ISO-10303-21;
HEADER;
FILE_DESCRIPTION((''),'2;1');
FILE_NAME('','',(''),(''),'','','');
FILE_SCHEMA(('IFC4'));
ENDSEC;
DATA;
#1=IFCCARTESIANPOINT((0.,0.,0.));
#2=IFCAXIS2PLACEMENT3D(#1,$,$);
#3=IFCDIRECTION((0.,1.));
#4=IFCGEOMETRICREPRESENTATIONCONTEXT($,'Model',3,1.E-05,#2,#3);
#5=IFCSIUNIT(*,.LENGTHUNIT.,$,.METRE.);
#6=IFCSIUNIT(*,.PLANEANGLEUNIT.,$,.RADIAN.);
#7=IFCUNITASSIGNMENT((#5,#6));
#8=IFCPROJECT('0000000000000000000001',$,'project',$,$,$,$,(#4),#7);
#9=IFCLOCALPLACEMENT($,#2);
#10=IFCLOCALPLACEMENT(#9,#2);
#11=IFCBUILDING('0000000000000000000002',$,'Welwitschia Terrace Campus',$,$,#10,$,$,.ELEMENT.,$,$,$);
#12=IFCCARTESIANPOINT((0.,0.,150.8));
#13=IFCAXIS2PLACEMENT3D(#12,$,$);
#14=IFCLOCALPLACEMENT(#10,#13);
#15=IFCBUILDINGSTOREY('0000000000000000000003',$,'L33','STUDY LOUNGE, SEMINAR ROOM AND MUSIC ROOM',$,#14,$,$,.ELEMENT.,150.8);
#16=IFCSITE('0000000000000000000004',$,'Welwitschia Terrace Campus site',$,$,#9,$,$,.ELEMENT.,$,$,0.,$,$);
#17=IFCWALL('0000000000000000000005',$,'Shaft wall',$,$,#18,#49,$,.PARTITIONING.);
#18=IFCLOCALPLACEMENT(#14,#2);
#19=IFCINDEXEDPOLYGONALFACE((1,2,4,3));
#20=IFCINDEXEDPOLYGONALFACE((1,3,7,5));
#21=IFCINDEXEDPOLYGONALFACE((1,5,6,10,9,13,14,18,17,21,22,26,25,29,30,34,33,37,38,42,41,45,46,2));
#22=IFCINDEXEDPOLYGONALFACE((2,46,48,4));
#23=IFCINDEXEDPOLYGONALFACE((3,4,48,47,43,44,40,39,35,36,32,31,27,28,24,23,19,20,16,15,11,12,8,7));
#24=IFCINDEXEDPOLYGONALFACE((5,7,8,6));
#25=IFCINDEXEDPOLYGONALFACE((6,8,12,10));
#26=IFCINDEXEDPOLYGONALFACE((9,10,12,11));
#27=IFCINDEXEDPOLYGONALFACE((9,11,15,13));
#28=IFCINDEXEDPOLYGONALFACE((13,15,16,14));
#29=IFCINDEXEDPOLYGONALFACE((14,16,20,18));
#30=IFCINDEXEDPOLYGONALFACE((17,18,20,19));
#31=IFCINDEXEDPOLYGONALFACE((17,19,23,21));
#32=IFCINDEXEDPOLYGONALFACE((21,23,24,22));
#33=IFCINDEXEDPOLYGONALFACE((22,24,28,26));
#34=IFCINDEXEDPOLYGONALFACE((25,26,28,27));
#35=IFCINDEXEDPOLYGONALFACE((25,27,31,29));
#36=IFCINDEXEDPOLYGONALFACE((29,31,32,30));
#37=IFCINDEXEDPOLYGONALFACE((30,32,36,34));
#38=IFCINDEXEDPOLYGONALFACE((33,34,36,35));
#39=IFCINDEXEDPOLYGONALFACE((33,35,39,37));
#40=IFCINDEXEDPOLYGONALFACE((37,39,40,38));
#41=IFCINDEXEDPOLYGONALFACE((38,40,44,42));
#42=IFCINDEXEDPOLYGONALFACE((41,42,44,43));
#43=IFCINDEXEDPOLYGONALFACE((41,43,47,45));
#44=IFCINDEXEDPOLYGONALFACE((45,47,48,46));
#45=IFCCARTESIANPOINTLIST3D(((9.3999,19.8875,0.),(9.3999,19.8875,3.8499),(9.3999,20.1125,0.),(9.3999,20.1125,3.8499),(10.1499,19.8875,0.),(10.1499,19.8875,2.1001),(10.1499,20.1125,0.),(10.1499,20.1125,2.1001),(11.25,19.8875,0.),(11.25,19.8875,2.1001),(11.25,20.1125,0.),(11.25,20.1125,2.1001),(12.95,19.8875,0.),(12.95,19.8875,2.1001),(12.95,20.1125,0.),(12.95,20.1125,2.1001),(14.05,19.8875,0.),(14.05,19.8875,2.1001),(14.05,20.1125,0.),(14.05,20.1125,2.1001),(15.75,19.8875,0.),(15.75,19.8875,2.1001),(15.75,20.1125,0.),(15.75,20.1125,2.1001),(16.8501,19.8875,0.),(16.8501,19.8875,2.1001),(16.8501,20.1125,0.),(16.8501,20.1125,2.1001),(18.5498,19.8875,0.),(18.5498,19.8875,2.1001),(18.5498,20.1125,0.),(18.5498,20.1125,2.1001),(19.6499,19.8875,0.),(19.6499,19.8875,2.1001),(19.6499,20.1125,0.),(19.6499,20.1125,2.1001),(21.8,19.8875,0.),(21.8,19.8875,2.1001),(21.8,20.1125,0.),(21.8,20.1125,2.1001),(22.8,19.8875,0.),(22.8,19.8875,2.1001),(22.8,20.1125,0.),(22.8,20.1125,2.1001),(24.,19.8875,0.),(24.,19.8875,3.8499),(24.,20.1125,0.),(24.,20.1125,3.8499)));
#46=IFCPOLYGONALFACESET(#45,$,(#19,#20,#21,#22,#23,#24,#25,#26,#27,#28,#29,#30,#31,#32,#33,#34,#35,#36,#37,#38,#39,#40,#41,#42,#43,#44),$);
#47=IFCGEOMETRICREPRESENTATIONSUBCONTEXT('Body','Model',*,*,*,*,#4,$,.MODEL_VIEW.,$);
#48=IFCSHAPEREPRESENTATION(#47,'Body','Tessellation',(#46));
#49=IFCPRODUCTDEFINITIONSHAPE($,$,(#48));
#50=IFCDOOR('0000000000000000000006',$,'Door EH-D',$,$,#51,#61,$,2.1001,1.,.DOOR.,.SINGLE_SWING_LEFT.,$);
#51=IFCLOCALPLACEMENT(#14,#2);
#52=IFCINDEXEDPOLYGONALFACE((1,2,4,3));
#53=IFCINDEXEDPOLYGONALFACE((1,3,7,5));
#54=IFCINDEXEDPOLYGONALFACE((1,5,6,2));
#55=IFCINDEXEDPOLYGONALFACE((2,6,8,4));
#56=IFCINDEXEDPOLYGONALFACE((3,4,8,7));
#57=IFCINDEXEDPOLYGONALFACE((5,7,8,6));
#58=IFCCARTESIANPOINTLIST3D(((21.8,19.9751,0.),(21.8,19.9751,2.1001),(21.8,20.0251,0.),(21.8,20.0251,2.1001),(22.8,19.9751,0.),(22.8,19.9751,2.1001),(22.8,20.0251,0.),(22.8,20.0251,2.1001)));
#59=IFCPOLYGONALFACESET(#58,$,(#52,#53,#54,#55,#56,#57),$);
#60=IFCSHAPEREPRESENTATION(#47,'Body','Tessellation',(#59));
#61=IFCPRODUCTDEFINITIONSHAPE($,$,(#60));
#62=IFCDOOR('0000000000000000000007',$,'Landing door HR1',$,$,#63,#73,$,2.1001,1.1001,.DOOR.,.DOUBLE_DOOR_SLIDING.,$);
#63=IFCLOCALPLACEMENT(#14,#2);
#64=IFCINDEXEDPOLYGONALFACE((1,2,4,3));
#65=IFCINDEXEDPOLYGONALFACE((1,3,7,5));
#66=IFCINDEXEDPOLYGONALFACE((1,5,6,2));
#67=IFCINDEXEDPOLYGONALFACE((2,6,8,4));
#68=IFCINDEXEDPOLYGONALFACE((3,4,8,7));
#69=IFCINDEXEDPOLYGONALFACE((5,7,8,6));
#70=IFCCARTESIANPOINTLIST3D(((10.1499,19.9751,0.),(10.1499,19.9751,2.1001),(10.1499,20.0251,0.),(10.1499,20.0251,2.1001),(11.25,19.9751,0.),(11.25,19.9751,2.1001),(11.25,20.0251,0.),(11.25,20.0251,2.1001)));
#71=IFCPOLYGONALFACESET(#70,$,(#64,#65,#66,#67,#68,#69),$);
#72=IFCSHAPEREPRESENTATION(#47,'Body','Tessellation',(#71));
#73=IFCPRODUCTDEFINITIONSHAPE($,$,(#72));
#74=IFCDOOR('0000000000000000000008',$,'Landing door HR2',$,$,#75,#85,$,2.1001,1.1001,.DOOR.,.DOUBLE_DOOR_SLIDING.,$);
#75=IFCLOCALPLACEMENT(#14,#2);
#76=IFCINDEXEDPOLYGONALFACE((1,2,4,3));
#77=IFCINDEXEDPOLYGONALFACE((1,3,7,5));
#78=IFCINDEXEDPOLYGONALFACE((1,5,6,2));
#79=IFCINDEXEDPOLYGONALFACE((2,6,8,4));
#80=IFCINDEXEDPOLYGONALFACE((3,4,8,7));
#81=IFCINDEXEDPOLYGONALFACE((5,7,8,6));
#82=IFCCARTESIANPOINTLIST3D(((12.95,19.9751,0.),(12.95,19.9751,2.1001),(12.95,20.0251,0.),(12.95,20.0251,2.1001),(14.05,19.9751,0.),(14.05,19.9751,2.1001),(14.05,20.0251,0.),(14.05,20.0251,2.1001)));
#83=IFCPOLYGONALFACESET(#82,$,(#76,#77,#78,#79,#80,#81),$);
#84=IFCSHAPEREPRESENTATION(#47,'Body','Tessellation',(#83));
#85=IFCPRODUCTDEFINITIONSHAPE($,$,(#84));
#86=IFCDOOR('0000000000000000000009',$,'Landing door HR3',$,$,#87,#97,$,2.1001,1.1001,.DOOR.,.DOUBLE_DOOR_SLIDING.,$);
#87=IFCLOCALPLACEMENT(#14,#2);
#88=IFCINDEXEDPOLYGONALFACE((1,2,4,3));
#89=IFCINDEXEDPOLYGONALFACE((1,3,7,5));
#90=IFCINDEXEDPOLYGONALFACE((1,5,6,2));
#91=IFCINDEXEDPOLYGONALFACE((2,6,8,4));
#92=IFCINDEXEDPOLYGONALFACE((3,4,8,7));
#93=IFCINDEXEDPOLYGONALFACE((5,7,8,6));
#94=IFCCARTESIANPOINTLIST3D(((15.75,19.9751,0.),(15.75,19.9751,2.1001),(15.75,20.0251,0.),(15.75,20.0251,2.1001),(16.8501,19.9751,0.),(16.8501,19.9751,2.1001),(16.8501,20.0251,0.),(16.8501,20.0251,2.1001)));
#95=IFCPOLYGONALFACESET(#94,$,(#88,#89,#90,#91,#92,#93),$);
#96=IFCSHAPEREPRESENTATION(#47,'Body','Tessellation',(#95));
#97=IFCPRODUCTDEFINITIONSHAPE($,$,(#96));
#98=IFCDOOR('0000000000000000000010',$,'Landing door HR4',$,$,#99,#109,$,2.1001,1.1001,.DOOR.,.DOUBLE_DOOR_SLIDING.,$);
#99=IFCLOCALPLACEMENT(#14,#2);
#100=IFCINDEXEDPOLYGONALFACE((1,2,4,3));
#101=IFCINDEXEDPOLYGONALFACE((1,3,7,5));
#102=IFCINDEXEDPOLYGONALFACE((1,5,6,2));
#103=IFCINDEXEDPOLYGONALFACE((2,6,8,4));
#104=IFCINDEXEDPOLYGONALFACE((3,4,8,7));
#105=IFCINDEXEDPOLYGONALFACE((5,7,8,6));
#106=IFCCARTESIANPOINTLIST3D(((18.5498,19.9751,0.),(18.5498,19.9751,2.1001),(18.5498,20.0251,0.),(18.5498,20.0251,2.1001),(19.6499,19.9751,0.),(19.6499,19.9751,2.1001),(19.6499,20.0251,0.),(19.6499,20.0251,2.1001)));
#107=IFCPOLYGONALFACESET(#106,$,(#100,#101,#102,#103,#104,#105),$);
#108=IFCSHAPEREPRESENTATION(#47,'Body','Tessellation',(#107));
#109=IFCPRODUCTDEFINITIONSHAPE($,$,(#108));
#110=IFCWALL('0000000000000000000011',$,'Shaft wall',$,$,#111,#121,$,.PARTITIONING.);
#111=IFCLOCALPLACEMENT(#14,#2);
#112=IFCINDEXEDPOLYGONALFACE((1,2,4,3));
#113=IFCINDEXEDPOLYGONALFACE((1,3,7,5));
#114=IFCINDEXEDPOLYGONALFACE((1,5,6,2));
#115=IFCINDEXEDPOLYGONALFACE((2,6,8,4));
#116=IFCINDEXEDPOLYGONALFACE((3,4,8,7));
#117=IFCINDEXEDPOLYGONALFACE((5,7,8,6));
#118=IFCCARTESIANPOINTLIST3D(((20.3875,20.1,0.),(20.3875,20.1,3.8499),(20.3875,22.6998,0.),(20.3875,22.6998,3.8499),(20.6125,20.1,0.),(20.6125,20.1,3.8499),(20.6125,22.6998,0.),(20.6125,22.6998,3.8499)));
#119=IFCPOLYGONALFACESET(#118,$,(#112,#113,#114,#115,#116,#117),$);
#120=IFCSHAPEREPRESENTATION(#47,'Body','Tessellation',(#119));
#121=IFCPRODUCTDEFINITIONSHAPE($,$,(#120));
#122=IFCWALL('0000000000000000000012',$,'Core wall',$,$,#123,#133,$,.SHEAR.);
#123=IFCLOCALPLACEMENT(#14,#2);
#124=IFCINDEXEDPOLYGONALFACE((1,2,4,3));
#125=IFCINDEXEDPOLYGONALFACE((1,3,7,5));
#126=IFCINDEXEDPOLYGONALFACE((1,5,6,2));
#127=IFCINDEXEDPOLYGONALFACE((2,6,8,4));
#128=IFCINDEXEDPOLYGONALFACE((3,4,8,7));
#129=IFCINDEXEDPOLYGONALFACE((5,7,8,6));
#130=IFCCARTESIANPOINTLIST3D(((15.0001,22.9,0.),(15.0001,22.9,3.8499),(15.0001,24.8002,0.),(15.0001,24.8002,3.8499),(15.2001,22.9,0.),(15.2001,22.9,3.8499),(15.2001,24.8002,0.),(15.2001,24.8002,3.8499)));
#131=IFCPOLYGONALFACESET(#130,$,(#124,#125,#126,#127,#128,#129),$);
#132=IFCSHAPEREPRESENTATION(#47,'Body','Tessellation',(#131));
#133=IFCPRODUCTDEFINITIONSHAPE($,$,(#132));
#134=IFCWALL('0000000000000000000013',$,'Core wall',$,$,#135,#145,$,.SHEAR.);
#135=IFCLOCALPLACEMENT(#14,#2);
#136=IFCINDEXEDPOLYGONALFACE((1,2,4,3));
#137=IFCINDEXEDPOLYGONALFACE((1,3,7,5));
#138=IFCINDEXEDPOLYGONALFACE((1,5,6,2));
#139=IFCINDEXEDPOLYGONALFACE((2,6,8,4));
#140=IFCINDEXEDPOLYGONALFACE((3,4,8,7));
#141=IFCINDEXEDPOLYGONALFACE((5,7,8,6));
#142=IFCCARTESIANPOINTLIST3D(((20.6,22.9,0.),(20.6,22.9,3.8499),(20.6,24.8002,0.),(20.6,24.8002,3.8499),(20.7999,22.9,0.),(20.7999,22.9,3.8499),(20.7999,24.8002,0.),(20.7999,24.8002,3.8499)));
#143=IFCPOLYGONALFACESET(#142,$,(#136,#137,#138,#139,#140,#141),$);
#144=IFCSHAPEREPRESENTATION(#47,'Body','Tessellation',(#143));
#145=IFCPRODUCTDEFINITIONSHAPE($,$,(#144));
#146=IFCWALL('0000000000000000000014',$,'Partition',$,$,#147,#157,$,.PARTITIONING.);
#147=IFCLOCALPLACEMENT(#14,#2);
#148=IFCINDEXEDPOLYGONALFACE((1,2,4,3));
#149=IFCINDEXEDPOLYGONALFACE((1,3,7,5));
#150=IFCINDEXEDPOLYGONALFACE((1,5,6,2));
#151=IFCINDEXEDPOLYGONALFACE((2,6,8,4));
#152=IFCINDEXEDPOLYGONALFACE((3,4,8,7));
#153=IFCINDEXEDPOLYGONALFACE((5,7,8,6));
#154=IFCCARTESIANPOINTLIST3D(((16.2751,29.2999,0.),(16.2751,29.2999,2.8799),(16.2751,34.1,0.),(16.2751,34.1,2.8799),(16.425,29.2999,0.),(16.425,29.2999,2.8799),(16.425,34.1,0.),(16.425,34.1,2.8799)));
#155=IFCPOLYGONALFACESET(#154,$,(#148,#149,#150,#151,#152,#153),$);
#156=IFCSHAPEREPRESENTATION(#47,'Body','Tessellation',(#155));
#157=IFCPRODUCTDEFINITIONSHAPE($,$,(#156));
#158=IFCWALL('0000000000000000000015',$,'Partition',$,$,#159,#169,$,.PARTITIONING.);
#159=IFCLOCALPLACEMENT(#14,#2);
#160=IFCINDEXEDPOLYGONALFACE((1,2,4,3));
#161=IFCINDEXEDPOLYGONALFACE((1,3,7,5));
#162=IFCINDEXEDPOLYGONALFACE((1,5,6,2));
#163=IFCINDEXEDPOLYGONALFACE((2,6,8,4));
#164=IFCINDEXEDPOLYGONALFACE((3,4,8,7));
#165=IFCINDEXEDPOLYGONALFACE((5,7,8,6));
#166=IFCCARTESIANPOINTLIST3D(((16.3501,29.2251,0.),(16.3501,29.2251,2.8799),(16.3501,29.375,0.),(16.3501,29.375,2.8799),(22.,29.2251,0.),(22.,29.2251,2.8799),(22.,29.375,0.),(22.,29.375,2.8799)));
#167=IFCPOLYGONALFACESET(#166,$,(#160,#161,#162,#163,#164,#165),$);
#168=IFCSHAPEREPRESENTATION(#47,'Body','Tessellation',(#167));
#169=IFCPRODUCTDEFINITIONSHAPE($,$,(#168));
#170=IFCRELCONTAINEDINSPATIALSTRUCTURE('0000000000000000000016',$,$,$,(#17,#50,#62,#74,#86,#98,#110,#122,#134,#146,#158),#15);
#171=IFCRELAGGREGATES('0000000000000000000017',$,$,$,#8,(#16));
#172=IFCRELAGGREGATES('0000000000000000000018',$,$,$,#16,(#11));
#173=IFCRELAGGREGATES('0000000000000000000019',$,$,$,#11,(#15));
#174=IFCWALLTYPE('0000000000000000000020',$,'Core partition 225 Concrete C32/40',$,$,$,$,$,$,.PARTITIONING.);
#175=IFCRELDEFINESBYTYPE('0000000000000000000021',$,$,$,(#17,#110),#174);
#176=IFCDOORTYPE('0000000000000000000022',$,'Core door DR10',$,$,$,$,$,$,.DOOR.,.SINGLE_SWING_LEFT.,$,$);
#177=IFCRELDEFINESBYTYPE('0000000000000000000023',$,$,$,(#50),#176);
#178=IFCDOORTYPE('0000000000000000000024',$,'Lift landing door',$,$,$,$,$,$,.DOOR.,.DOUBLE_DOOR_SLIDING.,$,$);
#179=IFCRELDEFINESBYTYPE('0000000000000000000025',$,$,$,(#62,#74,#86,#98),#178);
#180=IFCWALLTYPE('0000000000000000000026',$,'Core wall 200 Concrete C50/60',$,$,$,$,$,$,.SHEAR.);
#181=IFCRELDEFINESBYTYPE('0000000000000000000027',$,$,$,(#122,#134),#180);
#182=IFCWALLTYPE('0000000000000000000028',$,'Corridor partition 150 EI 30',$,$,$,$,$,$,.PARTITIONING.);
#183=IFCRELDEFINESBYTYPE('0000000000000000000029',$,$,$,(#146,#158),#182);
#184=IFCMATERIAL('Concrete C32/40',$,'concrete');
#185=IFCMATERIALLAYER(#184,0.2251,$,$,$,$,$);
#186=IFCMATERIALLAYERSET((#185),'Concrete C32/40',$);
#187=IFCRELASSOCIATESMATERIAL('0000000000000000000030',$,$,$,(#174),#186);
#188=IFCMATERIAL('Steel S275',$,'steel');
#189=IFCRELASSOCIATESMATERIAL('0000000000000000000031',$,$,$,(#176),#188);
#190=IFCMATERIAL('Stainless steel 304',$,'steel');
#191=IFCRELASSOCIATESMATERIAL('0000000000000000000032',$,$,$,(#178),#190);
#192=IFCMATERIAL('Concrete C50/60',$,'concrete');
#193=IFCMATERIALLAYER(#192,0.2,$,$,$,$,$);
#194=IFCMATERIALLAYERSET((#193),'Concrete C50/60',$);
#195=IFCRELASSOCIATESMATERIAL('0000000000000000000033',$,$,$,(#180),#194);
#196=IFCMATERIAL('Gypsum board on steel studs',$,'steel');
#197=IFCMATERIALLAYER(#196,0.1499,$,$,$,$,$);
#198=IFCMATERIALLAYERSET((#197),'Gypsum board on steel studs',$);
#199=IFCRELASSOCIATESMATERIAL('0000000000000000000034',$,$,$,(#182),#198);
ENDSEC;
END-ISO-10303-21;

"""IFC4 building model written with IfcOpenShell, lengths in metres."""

from ifc_helpers import new_model, si_unit, direction, frame, frame_2d, origin, place, context, subcontext, project, spatial, rectangle, extrude, material, layer, layer_set, type_object, element, fill, save


model = new_model("IFC4")

# Units and contexts
model_context = context("Model", 3, precision=1e-05, world=origin(), true_north=direction((0.0, 1.0)))
body_context = subcontext(model_context, "Body", "Model", "MODEL_VIEW")
ifc_project = project(units=[si_unit("LENGTHUNIT", "METRE"), si_unit("PLANEANGLEUNIT", "RADIAN")], contexts=[model_context])

# Site, building, storey
site_placement = place(None, origin())
site = spatial("IfcSite", under=ifc_project, at=site_placement, Name="Welwitschia Terrace Campus site", CompositionType="ELEMENT", RefElevation=0.0)
building_placement = place(site_placement, origin())
building = spatial("IfcBuilding", under=site, at=building_placement, Name="Welwitschia Terrace Campus", CompositionType="ELEMENT")
storey_placement = place(building_placement, frame((0.0, 0.0, 150.8)))
storey = spatial("IfcBuildingStorey", under=building, at=storey_placement, Name="L33", Description="STUDY LOUNGE, SEMINAR ROOM AND MUSIC ROOM", CompositionType="ELEMENT", Elevation=150.8)

# Wall, openings, doors
ifc_material_1 = material(Name="Concrete C32/40", Category="concrete")
ifc_layer_1 = layer(ifc_material_1, 0.2251)
ifc_layer_set_1 = layer_set([ifc_layer_1], Name="Concrete C32/40")
wall_type_1 = type_object("IfcWallType", Name="Core partition 225 Concrete C32/40", PredefinedType="PARTITIONING", material=ifc_layer_set_1)
wall_1_placement = place(storey_placement, frame((24.0, 20.0, 0.0), z_axis=(0.0, 0.0, 1.0), x_axis=(-1.0, 0.0, 0.0)))
wall_1 = element("IfcWall", 1, at=wall_1_placement, inside=storey, type_object=wall_type_1, Name="Shaft wall", PredefinedType="PARTITIONING", context=body_context, shape_type="SweptSolid", body=[
    extrude(rectangle(XDim=14.6001, YDim=0.2251, at=frame_2d((7.3, 0.0))), origin(), (0.0, 0.0, 1.0), 3.8499),
])
opening_1_placement = place(wall_1_placement, frame((12.75, 0.0, 0.0)))
opening_1 = element("IfcOpeningElement", 2, at=opening_1_placement, cuts=wall_1, PredefinedType="OPENING", context=body_context, shape_type="SweptSolid", body=[
    extrude(rectangle(XDim=1.1001, YDim=2.1001, at=frame_2d((0.55, 1.05))), frame((0.0, 0.1226, 0.0), z_axis=(0.0, -1.0, 0.0), x_axis=(1.0, 0.0, 0.0)), (0.0, 0.0, 1.0), 0.2451),
])
opening_2_placement = place(wall_1_placement, frame((9.95, 0.0, 0.0)))
opening_2 = element("IfcOpeningElement", 3, at=opening_2_placement, cuts=wall_1, PredefinedType="OPENING", context=body_context, shape_type="SweptSolid", body=[
    extrude(rectangle(XDim=1.1001, YDim=2.1001, at=frame_2d((0.55, 1.05))), frame((0.0, 0.1226, 0.0), z_axis=(0.0, -1.0, 0.0), x_axis=(1.0, 0.0, 0.0)), (0.0, 0.0, 1.0), 0.2451),
])
opening_3_placement = place(wall_1_placement, frame((7.1499, 0.0, 0.0)))
opening_3 = element("IfcOpeningElement", 4, at=opening_3_placement, cuts=wall_1, PredefinedType="OPENING", context=body_context, shape_type="SweptSolid", body=[
    extrude(rectangle(XDim=1.1001, YDim=2.1001, at=frame_2d((0.55, 1.05))), frame((0.0, 0.1226, 0.0), z_axis=(0.0, -1.0, 0.0), x_axis=(1.0, 0.0, 0.0)), (0.0, 0.0, 1.0), 0.2451),
])
opening_4_placement = place(wall_1_placement, frame((4.3501, 0.0, 0.0)))
opening_4 = element("IfcOpeningElement", 5, at=opening_4_placement, cuts=wall_1, PredefinedType="OPENING", context=body_context, shape_type="SweptSolid", body=[
    extrude(rectangle(XDim=1.1001, YDim=2.1001, at=frame_2d((0.55, 1.05))), frame((0.0, 0.1226, 0.0), z_axis=(0.0, -1.0, 0.0), x_axis=(1.0, 0.0, 0.0)), (0.0, 0.0, 1.0), 0.2451),
])
opening_5_placement = place(wall_1_placement, frame((1.2, 0.0, 0.0)))
opening_5 = element("IfcOpeningElement", 6, at=opening_5_placement, cuts=wall_1, PredefinedType="OPENING", context=body_context, shape_type="SweptSolid", body=[
    extrude(rectangle(XDim=1.0, YDim=2.1001, at=frame_2d((0.5, 1.05))), frame((0.0, 0.1226, 0.0), z_axis=(0.0, -1.0, 0.0), x_axis=(1.0, 0.0, 0.0)), (0.0, 0.0, 1.0), 0.2451),
])
ifc_material_2 = material(Name="Steel S275", Category="steel")
door_type_1 = type_object("IfcDoorType", Name="Core door DR10", OperationType="SINGLE_SWING_LEFT", PredefinedType="DOOR", material=ifc_material_2)
door_1_placement = place(opening_5_placement, origin())
door_1 = element("IfcDoor", 7, at=door_1_placement, inside=storey, type_object=door_type_1, Name="Door EH-D", OperationType="SINGLE_SWING_LEFT", OverallHeight=2.1001, OverallWidth=1.0, PredefinedType="DOOR", context=body_context, shape_type="SweptSolid", body=[
    extrude(rectangle(XDim=1.0, YDim=2.1001, at=frame_2d((0.5, 1.05))), frame((0.0, 0.0249, 0.0), z_axis=(0.0, -1.0, 0.0), x_axis=(1.0, 0.0, 0.0)), (0.0, 0.0, 1.0), 0.05),
])
fill(opening_5, door_1)
ifc_material_3 = material(Name="Stainless steel 304", Category="steel")
door_type_2 = type_object("IfcDoorType", Name="Lift landing door", OperationType="DOUBLE_DOOR_SLIDING", PredefinedType="DOOR", material=ifc_material_3)
door_2_placement = place(opening_1_placement, origin())
door_2 = element("IfcDoor", 8, at=door_2_placement, inside=storey, type_object=door_type_2, Name="Landing door HR1", OperationType="DOUBLE_DOOR_SLIDING", OverallHeight=2.1001, OverallWidth=1.1001, PredefinedType="DOOR", context=body_context, shape_type="SweptSolid", body=[
    extrude(rectangle(XDim=1.1001, YDim=2.1001, at=frame_2d((0.55, 1.05))), frame((0.0, 0.0249, 0.0), z_axis=(0.0, -1.0, 0.0), x_axis=(1.0, 0.0, 0.0)), (0.0, 0.0, 1.0), 0.05),
])
fill(opening_1, door_2)
door_3_placement = place(opening_2_placement, origin())
door_3 = element("IfcDoor", 9, at=door_3_placement, inside=storey, type_object=door_type_2, Name="Landing door HR2", OperationType="DOUBLE_DOOR_SLIDING", OverallHeight=2.1001, OverallWidth=1.1001, PredefinedType="DOOR", context=body_context, shape_type="SweptSolid", body=[
    extrude(rectangle(XDim=1.1001, YDim=2.1001, at=frame_2d((0.55, 1.05))), frame((0.0, 0.0249, 0.0), z_axis=(0.0, -1.0, 0.0), x_axis=(1.0, 0.0, 0.0)), (0.0, 0.0, 1.0), 0.05),
])
fill(opening_2, door_3)
door_4_placement = place(opening_3_placement, origin())
door_4 = element("IfcDoor", 10, at=door_4_placement, inside=storey, type_object=door_type_2, Name="Landing door HR3", OperationType="DOUBLE_DOOR_SLIDING", OverallHeight=2.1001, OverallWidth=1.1001, PredefinedType="DOOR", context=body_context, shape_type="SweptSolid", body=[
    extrude(rectangle(XDim=1.1001, YDim=2.1001, at=frame_2d((0.55, 1.05))), frame((0.0, 0.0249, 0.0), z_axis=(0.0, -1.0, 0.0), x_axis=(1.0, 0.0, 0.0)), (0.0, 0.0, 1.0), 0.05),
])
fill(opening_3, door_4)
door_5_placement = place(opening_4_placement, origin())
door_5 = element("IfcDoor", 11, at=door_5_placement, inside=storey, type_object=door_type_2, Name="Landing door HR4", OperationType="DOUBLE_DOOR_SLIDING", OverallHeight=2.1001, OverallWidth=1.1001, PredefinedType="DOOR", context=body_context, shape_type="SweptSolid", body=[
    extrude(rectangle(XDim=1.1001, YDim=2.1001, at=frame_2d((0.55, 1.05))), frame((0.0, 0.0249, 0.0), z_axis=(0.0, -1.0, 0.0), x_axis=(1.0, 0.0, 0.0)), (0.0, 0.0, 1.0), 0.05),
])
fill(opening_4, door_5)

# Walls
wall_2_placement = place(storey_placement, frame((20.5, 20.1001, 0.0), z_axis=(0.0, 0.0, 1.0), x_axis=(0.0, 1.0, 0.0)))
element("IfcWall", 12, at=wall_2_placement, inside=storey, type_object=wall_type_1, Name="Shaft wall", PredefinedType="PARTITIONING", context=body_context, shape_type="SweptSolid", body=[
    extrude(rectangle(XDim=2.5999, YDim=0.2251, at=frame_2d((1.2998, 0.0))), origin(), (0.0, 0.0, 1.0), 3.8499),
])
ifc_material_4 = material(Name="Concrete C50/60", Category="concrete")
ifc_layer_2 = layer(ifc_material_4, 0.2)
ifc_layer_set_2 = layer_set([ifc_layer_2], Name="Concrete C50/60")
wall_type_2 = type_object("IfcWallType", Name="Core wall 200 Concrete C50/60", PredefinedType="SHEAR", material=ifc_layer_set_2)
for number, where, z_axis, x_axis, name in (
    (13, (15.1001, 22.8999, 0.0), (0.0, 0.0, 1.0), (0.0, 1.0, 0.0), "Core wall"),
    (14, (20.7, 22.8999, 0.0), (0.0, 0.0, 1.0), (0.0, 1.0, 0.0), "Core wall"),
):
    element("IfcWall", number, at=place(storey_placement, frame(where, z_axis=z_axis, x_axis=x_axis)), inside=storey, type_object=wall_type_2, Name=name, PredefinedType="SHEAR", context=body_context, shape_type="SweptSolid", body=[
        extrude(rectangle(XDim=1.9001, YDim=0.2, at=frame_2d((0.9502, 0.0))), origin(), (0.0, 0.0, 1.0), 3.8499),
    ])
ifc_material_5 = material(Name="Gypsum board on steel studs", Category="steel")
ifc_layer_3 = layer(ifc_material_5, 0.1499)
ifc_layer_set_3 = layer_set([ifc_layer_3], Name="Gypsum board on steel studs")
wall_type_3 = type_object("IfcWallType", Name="Corridor partition 150 EI 30", PredefinedType="PARTITIONING", material=ifc_layer_set_3)
wall_3_placement = place(storey_placement, frame((16.3501, 29.3, 0.0), z_axis=(0.0, 0.0, 1.0), x_axis=(0.0, 1.0, 0.0)))
element("IfcWall", 15, at=wall_3_placement, inside=storey, type_object=wall_type_3, Name="Partition", PredefinedType="PARTITIONING", context=body_context, shape_type="SweptSolid", body=[
    extrude(rectangle(XDim=4.8, YDim=0.1499, at=frame_2d((2.3999, 0.0))), origin(), (0.0, 0.0, 1.0), 2.8799),
])
wall_4_placement = place(storey_placement, frame((16.3501, 29.3, 0.0), z_axis=(0.0, 0.0, 1.0), x_axis=(1.0, 0.0, 0.0)))
element("IfcWall", 16, at=wall_4_placement, inside=storey, type_object=wall_type_3, Name="Partition", PredefinedType="PARTITIONING", context=body_context, shape_type="SweptSolid", body=[
    extrude(rectangle(XDim=5.6499, YDim=0.1499, at=frame_2d((2.825, 0.0))), origin(), (0.0, 0.0, 1.0), 2.8799),
])

save(model, "model.ifc")
